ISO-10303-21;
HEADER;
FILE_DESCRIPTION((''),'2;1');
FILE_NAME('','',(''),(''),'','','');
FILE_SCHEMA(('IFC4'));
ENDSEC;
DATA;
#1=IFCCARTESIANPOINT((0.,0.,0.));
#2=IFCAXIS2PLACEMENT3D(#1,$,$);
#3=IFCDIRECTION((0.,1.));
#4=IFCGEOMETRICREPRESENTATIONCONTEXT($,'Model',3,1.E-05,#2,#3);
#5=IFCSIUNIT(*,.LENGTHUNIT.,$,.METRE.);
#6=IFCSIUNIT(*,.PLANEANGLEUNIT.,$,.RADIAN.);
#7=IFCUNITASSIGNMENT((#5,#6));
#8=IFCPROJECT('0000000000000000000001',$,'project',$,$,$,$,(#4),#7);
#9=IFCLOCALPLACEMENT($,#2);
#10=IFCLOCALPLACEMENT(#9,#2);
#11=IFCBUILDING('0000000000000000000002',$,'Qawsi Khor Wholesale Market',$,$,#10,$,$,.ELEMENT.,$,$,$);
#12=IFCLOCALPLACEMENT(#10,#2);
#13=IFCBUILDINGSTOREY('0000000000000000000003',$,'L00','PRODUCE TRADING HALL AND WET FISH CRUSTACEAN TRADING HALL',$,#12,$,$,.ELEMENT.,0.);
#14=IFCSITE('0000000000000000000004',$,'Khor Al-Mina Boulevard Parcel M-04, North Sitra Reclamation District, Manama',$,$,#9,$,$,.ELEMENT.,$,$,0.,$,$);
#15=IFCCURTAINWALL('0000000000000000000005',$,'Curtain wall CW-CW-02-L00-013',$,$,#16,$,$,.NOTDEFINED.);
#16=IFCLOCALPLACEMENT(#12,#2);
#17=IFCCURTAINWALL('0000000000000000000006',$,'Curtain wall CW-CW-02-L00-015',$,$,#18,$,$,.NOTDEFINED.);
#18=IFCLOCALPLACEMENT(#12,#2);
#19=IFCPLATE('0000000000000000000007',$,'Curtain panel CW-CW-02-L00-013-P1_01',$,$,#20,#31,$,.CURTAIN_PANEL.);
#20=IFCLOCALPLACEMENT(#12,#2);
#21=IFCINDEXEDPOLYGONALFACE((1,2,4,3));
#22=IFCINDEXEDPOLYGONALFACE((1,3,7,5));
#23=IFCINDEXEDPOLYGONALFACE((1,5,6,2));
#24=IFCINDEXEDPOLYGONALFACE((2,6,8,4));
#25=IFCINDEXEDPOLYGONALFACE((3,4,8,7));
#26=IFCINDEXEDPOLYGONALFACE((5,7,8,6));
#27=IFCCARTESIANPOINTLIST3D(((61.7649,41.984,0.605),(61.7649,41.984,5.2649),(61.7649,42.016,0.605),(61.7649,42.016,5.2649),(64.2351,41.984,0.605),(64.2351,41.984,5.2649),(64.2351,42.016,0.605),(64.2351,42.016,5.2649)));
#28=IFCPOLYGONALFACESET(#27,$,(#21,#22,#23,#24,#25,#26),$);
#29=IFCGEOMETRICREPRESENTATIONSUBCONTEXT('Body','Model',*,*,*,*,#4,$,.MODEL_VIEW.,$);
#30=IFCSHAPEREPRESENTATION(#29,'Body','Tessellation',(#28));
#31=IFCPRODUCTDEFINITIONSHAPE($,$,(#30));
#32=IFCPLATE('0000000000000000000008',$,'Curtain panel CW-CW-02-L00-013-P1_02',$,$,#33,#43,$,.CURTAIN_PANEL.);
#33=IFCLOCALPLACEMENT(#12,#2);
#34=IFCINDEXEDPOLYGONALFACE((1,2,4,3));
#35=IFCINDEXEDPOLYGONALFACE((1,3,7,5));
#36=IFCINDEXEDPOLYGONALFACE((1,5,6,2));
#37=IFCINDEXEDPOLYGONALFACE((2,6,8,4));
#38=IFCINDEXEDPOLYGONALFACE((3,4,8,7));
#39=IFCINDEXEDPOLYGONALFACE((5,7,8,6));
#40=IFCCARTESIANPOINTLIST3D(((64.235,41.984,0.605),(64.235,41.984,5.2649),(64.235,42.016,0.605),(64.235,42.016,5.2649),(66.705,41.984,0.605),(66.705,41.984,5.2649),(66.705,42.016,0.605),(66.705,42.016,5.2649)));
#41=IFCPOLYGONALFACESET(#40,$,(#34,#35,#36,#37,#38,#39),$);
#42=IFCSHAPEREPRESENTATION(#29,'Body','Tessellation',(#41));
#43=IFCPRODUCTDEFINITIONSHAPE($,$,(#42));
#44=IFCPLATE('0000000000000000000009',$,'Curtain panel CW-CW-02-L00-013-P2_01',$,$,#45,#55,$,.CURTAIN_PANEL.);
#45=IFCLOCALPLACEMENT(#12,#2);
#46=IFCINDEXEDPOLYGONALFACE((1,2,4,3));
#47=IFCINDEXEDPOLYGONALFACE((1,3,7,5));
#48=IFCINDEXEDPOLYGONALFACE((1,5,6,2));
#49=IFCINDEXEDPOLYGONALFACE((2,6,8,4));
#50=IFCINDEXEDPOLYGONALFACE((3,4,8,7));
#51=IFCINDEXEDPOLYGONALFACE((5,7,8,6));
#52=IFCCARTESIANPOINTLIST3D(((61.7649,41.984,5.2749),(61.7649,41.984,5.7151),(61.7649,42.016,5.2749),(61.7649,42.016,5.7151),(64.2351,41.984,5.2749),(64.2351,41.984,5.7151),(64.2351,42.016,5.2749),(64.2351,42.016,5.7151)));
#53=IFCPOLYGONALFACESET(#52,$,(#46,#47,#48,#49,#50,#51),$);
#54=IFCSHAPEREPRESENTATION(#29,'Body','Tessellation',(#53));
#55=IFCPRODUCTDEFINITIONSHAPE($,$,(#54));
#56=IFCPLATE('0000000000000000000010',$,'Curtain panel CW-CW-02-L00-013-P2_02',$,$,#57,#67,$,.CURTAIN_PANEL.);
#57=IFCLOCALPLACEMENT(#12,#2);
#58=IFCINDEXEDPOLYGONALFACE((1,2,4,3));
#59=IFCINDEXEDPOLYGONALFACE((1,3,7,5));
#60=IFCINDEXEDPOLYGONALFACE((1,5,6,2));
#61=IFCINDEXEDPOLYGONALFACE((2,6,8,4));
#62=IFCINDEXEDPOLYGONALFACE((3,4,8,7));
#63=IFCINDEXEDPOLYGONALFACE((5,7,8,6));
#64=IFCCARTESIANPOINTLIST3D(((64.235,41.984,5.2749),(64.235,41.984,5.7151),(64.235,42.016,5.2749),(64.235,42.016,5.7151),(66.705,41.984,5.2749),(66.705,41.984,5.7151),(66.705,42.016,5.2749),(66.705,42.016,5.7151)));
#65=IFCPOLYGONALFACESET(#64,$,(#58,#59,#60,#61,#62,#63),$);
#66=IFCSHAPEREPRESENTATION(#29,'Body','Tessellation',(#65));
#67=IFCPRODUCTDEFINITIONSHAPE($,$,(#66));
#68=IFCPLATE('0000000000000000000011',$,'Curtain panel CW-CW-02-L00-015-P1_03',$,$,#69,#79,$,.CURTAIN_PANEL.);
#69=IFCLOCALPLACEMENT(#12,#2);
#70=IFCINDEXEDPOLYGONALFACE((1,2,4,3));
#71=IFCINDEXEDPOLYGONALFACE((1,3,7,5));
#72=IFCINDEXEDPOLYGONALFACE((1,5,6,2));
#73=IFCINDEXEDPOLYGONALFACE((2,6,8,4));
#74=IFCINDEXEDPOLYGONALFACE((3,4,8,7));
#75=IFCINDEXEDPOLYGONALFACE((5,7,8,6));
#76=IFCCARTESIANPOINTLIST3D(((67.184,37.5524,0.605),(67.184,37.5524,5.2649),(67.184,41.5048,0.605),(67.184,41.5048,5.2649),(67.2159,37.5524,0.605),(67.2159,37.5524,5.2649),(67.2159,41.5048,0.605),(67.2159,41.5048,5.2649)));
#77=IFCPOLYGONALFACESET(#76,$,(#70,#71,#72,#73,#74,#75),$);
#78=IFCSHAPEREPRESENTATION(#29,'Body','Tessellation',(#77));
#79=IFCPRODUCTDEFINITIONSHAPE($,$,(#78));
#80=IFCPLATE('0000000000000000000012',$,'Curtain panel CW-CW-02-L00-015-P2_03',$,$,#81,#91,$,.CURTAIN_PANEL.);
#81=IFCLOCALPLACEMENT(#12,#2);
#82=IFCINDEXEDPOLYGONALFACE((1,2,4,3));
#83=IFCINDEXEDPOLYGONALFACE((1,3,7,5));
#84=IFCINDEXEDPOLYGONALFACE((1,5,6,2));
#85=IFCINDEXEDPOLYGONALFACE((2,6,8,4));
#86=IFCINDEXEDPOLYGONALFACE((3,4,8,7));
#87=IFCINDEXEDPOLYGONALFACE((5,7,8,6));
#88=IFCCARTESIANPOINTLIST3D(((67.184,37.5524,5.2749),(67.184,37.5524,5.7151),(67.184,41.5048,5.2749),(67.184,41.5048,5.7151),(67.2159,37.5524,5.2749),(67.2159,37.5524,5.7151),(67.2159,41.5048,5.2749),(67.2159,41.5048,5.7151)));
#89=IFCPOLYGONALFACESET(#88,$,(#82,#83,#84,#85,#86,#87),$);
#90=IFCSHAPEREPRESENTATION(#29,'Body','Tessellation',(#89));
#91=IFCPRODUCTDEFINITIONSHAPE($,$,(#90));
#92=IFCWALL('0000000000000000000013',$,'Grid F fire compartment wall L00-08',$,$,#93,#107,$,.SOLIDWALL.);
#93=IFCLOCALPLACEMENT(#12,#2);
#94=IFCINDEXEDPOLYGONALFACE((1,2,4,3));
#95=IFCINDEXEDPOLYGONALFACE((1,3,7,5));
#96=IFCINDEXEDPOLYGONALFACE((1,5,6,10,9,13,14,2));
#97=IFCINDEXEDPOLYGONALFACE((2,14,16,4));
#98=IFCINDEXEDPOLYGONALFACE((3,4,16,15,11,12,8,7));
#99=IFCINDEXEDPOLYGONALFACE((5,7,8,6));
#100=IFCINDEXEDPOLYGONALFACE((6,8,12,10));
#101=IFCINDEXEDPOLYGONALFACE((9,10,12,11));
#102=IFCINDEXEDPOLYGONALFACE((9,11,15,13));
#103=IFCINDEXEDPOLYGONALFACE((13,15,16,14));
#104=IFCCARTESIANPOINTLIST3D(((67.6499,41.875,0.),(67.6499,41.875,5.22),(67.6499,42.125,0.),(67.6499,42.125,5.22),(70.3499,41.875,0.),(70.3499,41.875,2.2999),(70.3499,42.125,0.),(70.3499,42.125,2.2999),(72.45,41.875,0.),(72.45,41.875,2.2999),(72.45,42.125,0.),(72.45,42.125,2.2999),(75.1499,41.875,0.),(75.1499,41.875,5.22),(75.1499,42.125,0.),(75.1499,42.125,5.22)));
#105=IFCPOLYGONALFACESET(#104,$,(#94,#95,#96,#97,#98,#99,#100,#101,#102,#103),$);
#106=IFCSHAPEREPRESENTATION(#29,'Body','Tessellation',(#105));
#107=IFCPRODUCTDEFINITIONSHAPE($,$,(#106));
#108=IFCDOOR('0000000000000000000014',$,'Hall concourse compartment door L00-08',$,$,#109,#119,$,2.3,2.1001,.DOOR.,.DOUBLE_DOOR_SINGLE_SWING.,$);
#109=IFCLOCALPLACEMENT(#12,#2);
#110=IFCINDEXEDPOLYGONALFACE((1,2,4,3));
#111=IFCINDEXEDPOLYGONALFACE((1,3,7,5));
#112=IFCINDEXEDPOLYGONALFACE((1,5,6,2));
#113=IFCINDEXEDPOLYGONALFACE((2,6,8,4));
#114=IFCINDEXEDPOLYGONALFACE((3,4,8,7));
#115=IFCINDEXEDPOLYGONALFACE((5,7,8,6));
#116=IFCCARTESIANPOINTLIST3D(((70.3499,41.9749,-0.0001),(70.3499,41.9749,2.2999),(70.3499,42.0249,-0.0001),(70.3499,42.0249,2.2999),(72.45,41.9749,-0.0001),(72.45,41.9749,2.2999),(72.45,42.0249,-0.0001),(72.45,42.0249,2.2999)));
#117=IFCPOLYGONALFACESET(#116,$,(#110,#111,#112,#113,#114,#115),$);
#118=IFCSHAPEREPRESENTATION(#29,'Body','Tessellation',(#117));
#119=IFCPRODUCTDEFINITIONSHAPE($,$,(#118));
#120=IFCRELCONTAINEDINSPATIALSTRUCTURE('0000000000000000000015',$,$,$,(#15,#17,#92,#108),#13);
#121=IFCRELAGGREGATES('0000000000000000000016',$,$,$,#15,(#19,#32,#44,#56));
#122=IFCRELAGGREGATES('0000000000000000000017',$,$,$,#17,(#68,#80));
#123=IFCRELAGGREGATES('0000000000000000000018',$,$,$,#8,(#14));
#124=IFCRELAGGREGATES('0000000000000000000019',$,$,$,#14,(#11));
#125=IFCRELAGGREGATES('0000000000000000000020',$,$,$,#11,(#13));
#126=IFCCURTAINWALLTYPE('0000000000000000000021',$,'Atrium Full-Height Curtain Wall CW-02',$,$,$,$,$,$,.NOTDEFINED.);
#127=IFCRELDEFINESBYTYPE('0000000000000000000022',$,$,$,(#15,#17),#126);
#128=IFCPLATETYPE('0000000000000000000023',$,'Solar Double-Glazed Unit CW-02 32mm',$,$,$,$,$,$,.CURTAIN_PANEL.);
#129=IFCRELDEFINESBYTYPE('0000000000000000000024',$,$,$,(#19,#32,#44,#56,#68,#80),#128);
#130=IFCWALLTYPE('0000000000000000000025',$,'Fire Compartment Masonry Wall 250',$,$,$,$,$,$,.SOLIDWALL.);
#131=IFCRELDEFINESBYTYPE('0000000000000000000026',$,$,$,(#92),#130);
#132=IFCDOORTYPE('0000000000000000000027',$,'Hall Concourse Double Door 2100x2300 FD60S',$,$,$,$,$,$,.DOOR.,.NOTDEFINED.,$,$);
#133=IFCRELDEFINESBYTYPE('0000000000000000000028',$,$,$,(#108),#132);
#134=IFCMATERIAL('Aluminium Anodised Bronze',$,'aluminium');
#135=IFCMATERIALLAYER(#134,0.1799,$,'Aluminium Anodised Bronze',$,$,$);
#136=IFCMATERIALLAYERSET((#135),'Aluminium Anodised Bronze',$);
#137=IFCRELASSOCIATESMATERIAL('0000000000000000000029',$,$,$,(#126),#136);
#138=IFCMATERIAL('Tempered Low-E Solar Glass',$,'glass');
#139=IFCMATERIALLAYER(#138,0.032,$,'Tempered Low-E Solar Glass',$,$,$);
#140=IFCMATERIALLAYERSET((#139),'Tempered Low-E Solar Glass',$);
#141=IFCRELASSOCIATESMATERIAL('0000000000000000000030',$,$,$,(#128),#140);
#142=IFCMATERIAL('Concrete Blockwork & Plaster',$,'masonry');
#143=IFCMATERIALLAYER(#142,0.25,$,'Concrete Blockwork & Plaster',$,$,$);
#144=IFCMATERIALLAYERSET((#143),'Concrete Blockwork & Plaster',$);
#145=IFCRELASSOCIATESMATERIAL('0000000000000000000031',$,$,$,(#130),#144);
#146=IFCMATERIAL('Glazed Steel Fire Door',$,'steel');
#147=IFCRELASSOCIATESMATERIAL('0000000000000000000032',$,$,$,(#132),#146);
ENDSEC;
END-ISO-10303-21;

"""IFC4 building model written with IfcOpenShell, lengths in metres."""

from ifc_helpers import new_model, si_unit, direction, frame, frame_2d, origin, place, context, subcontext, project, spatial, rectangle, extrude, material, layer, layer_set, type_object, element, fill, aggregate, save


model = new_model("IFC4")

# Units and contexts
model_context = context("Model", 3, precision=1e-05, world=origin(), true_north=direction((0.0, 1.0)))
body_context = subcontext(model_context, "Body", "Model", "MODEL_VIEW")
ifc_project = project(units=[si_unit("LENGTHUNIT", "METRE"), si_unit("PLANEANGLEUNIT", "RADIAN")], contexts=[model_context])

# Site, building, storey
site_placement = place(None, origin())
site = spatial("IfcSite", under=ifc_project, at=site_placement, Name="Khor Al-Mina Boulevard Parcel M-04, North Sitra Reclamation District, Manama", CompositionType="ELEMENT", RefElevation=0.0)
building_placement = place(site_placement, origin())
building = spatial("IfcBuilding", under=site, at=building_placement, Name="Qawsi Khor Wholesale Market", CompositionType="ELEMENT")
storey_placement = place(building_placement, origin())
storey = spatial("IfcBuildingStorey", under=building, at=storey_placement, Name="L00", Description="PRODUCE TRADING HALL AND WET FISH CRUSTACEAN TRADING HALL", CompositionType="ELEMENT", Elevation=0.0)

# Curtain wall
ifc_material_1 = material(Name="Aluminium Anodised Bronze", Category="aluminium")
ifc_layer_1 = layer(ifc_material_1, 0.1799, Name="Aluminium Anodised Bronze")
ifc_layer_set_1 = layer_set([ifc_layer_1], Name="Aluminium Anodised Bronze")
curtain_wall_type = type_object("IfcCurtainWallType", Name="Atrium Full-Height Curtain Wall CW-02", PredefinedType="NOTDEFINED", material=ifc_layer_set_1)
curtain_wall_1_placement = place(storey_placement, origin())
curtain_wall_1 = element("IfcCurtainWall", 1, at=curtain_wall_1_placement, inside=storey, type_object=curtain_wall_type, Name="Curtain wall CW-CW-02-L00-013", PredefinedType="NOTDEFINED")

# Curtain wall
curtain_wall_2_placement = place(storey_placement, origin())
curtain_wall_2 = element("IfcCurtainWall", 2, at=curtain_wall_2_placement, inside=storey, type_object=curtain_wall_type, Name="Curtain wall CW-CW-02-L00-015", PredefinedType="NOTDEFINED")

# Plates
ifc_material_2 = material(Name="Tempered Low-E Solar Glass", Category="glass")
ifc_layer_2 = layer(ifc_material_2, 0.032, Name="Tempered Low-E Solar Glass")
ifc_layer_set_2 = layer_set([ifc_layer_2], Name="Tempered Low-E Solar Glass")
plate_type_1 = type_object("IfcPlateType", Name="Solar Double-Glazed Unit CW-02 32mm", PredefinedType="CURTAIN_PANEL", material=ifc_layer_set_2)
plate_1_placement = place(storey_placement, frame((61.7649, 42.0, 0.605), z_axis=(0.0, 0.0, 1.0), x_axis=(1.0, 0.0, 0.0)))
plate_1 = element("IfcPlate", 3, at=plate_1_placement, type_object=plate_type_1, Name="Curtain panel CW-CW-02-L00-013-P1_01", PredefinedType="CURTAIN_PANEL", context=body_context, shape_type="SweptSolid", body=[
    extrude(rectangle(XDim=2.4702, YDim=0.032, at=frame_2d((1.2351, 0.0))), origin(), (0.0, 0.0, 1.0), 4.6599),
])
plate_2_placement = place(storey_placement, frame((64.2351, 42.0, 0.605), z_axis=(0.0, 0.0, 1.0), x_axis=(1.0, 0.0, 0.0)))
plate_2 = element("IfcPlate", 4, at=plate_2_placement, type_object=plate_type_1, Name="Curtain panel CW-CW-02-L00-013-P1_02", PredefinedType="CURTAIN_PANEL", context=body_context, shape_type="SweptSolid", body=[
    extrude(rectangle(XDim=2.47, YDim=0.032, at=frame_2d((1.2349, 0.0))), origin(), (0.0, 0.0, 1.0), 4.6599),
])
plate_3_placement = place(storey_placement, frame((61.7649, 42.0, 5.2749), z_axis=(0.0, 0.0, 1.0), x_axis=(1.0, 0.0, 0.0)))
plate_3 = element("IfcPlate", 5, at=plate_3_placement, type_object=plate_type_1, Name="Curtain panel CW-CW-02-L00-013-P2_01", PredefinedType="CURTAIN_PANEL", context=body_context, shape_type="SweptSolid", body=[
    extrude(rectangle(XDim=2.4702, YDim=0.032, at=frame_2d((1.2351, 0.0))), origin(), (0.0, 0.0, 1.0), 0.4402),
])
plate_4_placement = place(storey_placement, frame((64.2351, 42.0, 5.2749), z_axis=(0.0, 0.0, 1.0), x_axis=(1.0, 0.0, 0.0)))
plate_4 = element("IfcPlate", 6, at=plate_4_placement, type_object=plate_type_1, Name="Curtain panel CW-CW-02-L00-013-P2_02", PredefinedType="CURTAIN_PANEL", context=body_context, shape_type="SweptSolid", body=[
    extrude(rectangle(XDim=2.47, YDim=0.032, at=frame_2d((1.2349, 0.0))), origin(), (0.0, 0.0, 1.0), 0.4402),
])
aggregate(curtain_wall_1, [plate_1, plate_2, plate_3, plate_4])
plate_5_placement = place(storey_placement, frame((67.2, 37.5525, 0.605), z_axis=(0.0, 0.0, 1.0), x_axis=(0.0, 1.0, 0.0)))
plate_5 = element("IfcPlate", 7, at=plate_5_placement, type_object=plate_type_1, Name="Curtain panel CW-CW-02-L00-015-P1_03", PredefinedType="CURTAIN_PANEL", context=body_context, shape_type="SweptSolid", body=[
    extrude(rectangle(XDim=3.9524, YDim=0.032, at=frame_2d((1.9761, 0.0))), origin(), (0.0, 0.0, 1.0), 4.6599),
])
plate_6_placement = place(storey_placement, frame((67.2, 37.5525, 5.2749), z_axis=(0.0, 0.0, 1.0), x_axis=(0.0, 1.0, 0.0)))
plate_6 = element("IfcPlate", 8, at=plate_6_placement, type_object=plate_type_1, Name="Curtain panel CW-CW-02-L00-015-P2_03", PredefinedType="CURTAIN_PANEL", context=body_context, shape_type="SweptSolid", body=[
    extrude(rectangle(XDim=3.9524, YDim=0.032, at=frame_2d((1.9761, 0.0))), origin(), (0.0, 0.0, 1.0), 0.4402),
])
aggregate(curtain_wall_2, [plate_5, plate_6])

# Wall, opening, door
ifc_material_3 = material(Name="Concrete Blockwork & Plaster", Category="masonry")
ifc_layer_3 = layer(ifc_material_3, 0.25, Name="Concrete Blockwork & Plaster")
ifc_layer_set_3 = layer_set([ifc_layer_3], Name="Concrete Blockwork & Plaster")
wall_type = type_object("IfcWallType", Name="Fire Compartment Masonry Wall 250", PredefinedType="SOLIDWALL", material=ifc_layer_set_3)
wall_placement = place(storey_placement, frame((67.6499, 42.0, 0.0), z_axis=(0.0, 0.0, 1.0), x_axis=(1.0, 0.0, 0.0)))
wall = element("IfcWall", 9, at=wall_placement, inside=storey, type_object=wall_type, Name="Grid F fire compartment wall L00-08", PredefinedType="SOLIDWALL", context=body_context, shape_type="SweptSolid", body=[
    extrude(rectangle(XDim=7.5, YDim=0.25, at=frame_2d((3.75, 0.0))), origin(), (0.0, 0.0, 1.0), 5.22),
])
opening_placement = place(wall_placement, frame((2.7, 0.0, 0.0)))
opening = element("IfcOpeningElement", 10, at=opening_placement, cuts=wall, PredefinedType="OPENING", context=body_context, shape_type="SweptSolid", body=[
    extrude(rectangle(XDim=2.1001, YDim=2.3, at=frame_2d((1.05, 1.1499))), frame((0.0, 0.135, 0.0), z_axis=(0.0, -1.0, 0.0), x_axis=(1.0, 0.0, 0.0)), (0.0, 0.0, 1.0), 0.27),
])
ifc_material_4 = material(Name="Glazed Steel Fire Door", Category="steel")
door_type = type_object("IfcDoorType", Name="Hall Concourse Double Door 2100x2300 FD60S", OperationType="NOTDEFINED", PredefinedType="DOOR", material=ifc_material_4)
door_placement = place(opening_placement, origin())
door = element("IfcDoor", 11, at=door_placement, inside=storey, type_object=door_type, Name="Hall concourse compartment door L00-08", OperationType="DOUBLE_DOOR_SINGLE_SWING", OverallHeight=2.3, OverallWidth=2.1001, PredefinedType="DOOR", context=body_context, shape_type="SweptSolid", body=[
    extrude(rectangle(XDim=2.1001, YDim=2.3, at=frame_2d((1.05, 1.1499))), frame((0.0, 0.0249, 0.0), z_axis=(0.0, -1.0, 0.0), x_axis=(1.0, 0.0, 0.0)), (0.0, 0.0, 1.0), 0.05),
])
fill(opening, door)

save(model, "model.ifc")
